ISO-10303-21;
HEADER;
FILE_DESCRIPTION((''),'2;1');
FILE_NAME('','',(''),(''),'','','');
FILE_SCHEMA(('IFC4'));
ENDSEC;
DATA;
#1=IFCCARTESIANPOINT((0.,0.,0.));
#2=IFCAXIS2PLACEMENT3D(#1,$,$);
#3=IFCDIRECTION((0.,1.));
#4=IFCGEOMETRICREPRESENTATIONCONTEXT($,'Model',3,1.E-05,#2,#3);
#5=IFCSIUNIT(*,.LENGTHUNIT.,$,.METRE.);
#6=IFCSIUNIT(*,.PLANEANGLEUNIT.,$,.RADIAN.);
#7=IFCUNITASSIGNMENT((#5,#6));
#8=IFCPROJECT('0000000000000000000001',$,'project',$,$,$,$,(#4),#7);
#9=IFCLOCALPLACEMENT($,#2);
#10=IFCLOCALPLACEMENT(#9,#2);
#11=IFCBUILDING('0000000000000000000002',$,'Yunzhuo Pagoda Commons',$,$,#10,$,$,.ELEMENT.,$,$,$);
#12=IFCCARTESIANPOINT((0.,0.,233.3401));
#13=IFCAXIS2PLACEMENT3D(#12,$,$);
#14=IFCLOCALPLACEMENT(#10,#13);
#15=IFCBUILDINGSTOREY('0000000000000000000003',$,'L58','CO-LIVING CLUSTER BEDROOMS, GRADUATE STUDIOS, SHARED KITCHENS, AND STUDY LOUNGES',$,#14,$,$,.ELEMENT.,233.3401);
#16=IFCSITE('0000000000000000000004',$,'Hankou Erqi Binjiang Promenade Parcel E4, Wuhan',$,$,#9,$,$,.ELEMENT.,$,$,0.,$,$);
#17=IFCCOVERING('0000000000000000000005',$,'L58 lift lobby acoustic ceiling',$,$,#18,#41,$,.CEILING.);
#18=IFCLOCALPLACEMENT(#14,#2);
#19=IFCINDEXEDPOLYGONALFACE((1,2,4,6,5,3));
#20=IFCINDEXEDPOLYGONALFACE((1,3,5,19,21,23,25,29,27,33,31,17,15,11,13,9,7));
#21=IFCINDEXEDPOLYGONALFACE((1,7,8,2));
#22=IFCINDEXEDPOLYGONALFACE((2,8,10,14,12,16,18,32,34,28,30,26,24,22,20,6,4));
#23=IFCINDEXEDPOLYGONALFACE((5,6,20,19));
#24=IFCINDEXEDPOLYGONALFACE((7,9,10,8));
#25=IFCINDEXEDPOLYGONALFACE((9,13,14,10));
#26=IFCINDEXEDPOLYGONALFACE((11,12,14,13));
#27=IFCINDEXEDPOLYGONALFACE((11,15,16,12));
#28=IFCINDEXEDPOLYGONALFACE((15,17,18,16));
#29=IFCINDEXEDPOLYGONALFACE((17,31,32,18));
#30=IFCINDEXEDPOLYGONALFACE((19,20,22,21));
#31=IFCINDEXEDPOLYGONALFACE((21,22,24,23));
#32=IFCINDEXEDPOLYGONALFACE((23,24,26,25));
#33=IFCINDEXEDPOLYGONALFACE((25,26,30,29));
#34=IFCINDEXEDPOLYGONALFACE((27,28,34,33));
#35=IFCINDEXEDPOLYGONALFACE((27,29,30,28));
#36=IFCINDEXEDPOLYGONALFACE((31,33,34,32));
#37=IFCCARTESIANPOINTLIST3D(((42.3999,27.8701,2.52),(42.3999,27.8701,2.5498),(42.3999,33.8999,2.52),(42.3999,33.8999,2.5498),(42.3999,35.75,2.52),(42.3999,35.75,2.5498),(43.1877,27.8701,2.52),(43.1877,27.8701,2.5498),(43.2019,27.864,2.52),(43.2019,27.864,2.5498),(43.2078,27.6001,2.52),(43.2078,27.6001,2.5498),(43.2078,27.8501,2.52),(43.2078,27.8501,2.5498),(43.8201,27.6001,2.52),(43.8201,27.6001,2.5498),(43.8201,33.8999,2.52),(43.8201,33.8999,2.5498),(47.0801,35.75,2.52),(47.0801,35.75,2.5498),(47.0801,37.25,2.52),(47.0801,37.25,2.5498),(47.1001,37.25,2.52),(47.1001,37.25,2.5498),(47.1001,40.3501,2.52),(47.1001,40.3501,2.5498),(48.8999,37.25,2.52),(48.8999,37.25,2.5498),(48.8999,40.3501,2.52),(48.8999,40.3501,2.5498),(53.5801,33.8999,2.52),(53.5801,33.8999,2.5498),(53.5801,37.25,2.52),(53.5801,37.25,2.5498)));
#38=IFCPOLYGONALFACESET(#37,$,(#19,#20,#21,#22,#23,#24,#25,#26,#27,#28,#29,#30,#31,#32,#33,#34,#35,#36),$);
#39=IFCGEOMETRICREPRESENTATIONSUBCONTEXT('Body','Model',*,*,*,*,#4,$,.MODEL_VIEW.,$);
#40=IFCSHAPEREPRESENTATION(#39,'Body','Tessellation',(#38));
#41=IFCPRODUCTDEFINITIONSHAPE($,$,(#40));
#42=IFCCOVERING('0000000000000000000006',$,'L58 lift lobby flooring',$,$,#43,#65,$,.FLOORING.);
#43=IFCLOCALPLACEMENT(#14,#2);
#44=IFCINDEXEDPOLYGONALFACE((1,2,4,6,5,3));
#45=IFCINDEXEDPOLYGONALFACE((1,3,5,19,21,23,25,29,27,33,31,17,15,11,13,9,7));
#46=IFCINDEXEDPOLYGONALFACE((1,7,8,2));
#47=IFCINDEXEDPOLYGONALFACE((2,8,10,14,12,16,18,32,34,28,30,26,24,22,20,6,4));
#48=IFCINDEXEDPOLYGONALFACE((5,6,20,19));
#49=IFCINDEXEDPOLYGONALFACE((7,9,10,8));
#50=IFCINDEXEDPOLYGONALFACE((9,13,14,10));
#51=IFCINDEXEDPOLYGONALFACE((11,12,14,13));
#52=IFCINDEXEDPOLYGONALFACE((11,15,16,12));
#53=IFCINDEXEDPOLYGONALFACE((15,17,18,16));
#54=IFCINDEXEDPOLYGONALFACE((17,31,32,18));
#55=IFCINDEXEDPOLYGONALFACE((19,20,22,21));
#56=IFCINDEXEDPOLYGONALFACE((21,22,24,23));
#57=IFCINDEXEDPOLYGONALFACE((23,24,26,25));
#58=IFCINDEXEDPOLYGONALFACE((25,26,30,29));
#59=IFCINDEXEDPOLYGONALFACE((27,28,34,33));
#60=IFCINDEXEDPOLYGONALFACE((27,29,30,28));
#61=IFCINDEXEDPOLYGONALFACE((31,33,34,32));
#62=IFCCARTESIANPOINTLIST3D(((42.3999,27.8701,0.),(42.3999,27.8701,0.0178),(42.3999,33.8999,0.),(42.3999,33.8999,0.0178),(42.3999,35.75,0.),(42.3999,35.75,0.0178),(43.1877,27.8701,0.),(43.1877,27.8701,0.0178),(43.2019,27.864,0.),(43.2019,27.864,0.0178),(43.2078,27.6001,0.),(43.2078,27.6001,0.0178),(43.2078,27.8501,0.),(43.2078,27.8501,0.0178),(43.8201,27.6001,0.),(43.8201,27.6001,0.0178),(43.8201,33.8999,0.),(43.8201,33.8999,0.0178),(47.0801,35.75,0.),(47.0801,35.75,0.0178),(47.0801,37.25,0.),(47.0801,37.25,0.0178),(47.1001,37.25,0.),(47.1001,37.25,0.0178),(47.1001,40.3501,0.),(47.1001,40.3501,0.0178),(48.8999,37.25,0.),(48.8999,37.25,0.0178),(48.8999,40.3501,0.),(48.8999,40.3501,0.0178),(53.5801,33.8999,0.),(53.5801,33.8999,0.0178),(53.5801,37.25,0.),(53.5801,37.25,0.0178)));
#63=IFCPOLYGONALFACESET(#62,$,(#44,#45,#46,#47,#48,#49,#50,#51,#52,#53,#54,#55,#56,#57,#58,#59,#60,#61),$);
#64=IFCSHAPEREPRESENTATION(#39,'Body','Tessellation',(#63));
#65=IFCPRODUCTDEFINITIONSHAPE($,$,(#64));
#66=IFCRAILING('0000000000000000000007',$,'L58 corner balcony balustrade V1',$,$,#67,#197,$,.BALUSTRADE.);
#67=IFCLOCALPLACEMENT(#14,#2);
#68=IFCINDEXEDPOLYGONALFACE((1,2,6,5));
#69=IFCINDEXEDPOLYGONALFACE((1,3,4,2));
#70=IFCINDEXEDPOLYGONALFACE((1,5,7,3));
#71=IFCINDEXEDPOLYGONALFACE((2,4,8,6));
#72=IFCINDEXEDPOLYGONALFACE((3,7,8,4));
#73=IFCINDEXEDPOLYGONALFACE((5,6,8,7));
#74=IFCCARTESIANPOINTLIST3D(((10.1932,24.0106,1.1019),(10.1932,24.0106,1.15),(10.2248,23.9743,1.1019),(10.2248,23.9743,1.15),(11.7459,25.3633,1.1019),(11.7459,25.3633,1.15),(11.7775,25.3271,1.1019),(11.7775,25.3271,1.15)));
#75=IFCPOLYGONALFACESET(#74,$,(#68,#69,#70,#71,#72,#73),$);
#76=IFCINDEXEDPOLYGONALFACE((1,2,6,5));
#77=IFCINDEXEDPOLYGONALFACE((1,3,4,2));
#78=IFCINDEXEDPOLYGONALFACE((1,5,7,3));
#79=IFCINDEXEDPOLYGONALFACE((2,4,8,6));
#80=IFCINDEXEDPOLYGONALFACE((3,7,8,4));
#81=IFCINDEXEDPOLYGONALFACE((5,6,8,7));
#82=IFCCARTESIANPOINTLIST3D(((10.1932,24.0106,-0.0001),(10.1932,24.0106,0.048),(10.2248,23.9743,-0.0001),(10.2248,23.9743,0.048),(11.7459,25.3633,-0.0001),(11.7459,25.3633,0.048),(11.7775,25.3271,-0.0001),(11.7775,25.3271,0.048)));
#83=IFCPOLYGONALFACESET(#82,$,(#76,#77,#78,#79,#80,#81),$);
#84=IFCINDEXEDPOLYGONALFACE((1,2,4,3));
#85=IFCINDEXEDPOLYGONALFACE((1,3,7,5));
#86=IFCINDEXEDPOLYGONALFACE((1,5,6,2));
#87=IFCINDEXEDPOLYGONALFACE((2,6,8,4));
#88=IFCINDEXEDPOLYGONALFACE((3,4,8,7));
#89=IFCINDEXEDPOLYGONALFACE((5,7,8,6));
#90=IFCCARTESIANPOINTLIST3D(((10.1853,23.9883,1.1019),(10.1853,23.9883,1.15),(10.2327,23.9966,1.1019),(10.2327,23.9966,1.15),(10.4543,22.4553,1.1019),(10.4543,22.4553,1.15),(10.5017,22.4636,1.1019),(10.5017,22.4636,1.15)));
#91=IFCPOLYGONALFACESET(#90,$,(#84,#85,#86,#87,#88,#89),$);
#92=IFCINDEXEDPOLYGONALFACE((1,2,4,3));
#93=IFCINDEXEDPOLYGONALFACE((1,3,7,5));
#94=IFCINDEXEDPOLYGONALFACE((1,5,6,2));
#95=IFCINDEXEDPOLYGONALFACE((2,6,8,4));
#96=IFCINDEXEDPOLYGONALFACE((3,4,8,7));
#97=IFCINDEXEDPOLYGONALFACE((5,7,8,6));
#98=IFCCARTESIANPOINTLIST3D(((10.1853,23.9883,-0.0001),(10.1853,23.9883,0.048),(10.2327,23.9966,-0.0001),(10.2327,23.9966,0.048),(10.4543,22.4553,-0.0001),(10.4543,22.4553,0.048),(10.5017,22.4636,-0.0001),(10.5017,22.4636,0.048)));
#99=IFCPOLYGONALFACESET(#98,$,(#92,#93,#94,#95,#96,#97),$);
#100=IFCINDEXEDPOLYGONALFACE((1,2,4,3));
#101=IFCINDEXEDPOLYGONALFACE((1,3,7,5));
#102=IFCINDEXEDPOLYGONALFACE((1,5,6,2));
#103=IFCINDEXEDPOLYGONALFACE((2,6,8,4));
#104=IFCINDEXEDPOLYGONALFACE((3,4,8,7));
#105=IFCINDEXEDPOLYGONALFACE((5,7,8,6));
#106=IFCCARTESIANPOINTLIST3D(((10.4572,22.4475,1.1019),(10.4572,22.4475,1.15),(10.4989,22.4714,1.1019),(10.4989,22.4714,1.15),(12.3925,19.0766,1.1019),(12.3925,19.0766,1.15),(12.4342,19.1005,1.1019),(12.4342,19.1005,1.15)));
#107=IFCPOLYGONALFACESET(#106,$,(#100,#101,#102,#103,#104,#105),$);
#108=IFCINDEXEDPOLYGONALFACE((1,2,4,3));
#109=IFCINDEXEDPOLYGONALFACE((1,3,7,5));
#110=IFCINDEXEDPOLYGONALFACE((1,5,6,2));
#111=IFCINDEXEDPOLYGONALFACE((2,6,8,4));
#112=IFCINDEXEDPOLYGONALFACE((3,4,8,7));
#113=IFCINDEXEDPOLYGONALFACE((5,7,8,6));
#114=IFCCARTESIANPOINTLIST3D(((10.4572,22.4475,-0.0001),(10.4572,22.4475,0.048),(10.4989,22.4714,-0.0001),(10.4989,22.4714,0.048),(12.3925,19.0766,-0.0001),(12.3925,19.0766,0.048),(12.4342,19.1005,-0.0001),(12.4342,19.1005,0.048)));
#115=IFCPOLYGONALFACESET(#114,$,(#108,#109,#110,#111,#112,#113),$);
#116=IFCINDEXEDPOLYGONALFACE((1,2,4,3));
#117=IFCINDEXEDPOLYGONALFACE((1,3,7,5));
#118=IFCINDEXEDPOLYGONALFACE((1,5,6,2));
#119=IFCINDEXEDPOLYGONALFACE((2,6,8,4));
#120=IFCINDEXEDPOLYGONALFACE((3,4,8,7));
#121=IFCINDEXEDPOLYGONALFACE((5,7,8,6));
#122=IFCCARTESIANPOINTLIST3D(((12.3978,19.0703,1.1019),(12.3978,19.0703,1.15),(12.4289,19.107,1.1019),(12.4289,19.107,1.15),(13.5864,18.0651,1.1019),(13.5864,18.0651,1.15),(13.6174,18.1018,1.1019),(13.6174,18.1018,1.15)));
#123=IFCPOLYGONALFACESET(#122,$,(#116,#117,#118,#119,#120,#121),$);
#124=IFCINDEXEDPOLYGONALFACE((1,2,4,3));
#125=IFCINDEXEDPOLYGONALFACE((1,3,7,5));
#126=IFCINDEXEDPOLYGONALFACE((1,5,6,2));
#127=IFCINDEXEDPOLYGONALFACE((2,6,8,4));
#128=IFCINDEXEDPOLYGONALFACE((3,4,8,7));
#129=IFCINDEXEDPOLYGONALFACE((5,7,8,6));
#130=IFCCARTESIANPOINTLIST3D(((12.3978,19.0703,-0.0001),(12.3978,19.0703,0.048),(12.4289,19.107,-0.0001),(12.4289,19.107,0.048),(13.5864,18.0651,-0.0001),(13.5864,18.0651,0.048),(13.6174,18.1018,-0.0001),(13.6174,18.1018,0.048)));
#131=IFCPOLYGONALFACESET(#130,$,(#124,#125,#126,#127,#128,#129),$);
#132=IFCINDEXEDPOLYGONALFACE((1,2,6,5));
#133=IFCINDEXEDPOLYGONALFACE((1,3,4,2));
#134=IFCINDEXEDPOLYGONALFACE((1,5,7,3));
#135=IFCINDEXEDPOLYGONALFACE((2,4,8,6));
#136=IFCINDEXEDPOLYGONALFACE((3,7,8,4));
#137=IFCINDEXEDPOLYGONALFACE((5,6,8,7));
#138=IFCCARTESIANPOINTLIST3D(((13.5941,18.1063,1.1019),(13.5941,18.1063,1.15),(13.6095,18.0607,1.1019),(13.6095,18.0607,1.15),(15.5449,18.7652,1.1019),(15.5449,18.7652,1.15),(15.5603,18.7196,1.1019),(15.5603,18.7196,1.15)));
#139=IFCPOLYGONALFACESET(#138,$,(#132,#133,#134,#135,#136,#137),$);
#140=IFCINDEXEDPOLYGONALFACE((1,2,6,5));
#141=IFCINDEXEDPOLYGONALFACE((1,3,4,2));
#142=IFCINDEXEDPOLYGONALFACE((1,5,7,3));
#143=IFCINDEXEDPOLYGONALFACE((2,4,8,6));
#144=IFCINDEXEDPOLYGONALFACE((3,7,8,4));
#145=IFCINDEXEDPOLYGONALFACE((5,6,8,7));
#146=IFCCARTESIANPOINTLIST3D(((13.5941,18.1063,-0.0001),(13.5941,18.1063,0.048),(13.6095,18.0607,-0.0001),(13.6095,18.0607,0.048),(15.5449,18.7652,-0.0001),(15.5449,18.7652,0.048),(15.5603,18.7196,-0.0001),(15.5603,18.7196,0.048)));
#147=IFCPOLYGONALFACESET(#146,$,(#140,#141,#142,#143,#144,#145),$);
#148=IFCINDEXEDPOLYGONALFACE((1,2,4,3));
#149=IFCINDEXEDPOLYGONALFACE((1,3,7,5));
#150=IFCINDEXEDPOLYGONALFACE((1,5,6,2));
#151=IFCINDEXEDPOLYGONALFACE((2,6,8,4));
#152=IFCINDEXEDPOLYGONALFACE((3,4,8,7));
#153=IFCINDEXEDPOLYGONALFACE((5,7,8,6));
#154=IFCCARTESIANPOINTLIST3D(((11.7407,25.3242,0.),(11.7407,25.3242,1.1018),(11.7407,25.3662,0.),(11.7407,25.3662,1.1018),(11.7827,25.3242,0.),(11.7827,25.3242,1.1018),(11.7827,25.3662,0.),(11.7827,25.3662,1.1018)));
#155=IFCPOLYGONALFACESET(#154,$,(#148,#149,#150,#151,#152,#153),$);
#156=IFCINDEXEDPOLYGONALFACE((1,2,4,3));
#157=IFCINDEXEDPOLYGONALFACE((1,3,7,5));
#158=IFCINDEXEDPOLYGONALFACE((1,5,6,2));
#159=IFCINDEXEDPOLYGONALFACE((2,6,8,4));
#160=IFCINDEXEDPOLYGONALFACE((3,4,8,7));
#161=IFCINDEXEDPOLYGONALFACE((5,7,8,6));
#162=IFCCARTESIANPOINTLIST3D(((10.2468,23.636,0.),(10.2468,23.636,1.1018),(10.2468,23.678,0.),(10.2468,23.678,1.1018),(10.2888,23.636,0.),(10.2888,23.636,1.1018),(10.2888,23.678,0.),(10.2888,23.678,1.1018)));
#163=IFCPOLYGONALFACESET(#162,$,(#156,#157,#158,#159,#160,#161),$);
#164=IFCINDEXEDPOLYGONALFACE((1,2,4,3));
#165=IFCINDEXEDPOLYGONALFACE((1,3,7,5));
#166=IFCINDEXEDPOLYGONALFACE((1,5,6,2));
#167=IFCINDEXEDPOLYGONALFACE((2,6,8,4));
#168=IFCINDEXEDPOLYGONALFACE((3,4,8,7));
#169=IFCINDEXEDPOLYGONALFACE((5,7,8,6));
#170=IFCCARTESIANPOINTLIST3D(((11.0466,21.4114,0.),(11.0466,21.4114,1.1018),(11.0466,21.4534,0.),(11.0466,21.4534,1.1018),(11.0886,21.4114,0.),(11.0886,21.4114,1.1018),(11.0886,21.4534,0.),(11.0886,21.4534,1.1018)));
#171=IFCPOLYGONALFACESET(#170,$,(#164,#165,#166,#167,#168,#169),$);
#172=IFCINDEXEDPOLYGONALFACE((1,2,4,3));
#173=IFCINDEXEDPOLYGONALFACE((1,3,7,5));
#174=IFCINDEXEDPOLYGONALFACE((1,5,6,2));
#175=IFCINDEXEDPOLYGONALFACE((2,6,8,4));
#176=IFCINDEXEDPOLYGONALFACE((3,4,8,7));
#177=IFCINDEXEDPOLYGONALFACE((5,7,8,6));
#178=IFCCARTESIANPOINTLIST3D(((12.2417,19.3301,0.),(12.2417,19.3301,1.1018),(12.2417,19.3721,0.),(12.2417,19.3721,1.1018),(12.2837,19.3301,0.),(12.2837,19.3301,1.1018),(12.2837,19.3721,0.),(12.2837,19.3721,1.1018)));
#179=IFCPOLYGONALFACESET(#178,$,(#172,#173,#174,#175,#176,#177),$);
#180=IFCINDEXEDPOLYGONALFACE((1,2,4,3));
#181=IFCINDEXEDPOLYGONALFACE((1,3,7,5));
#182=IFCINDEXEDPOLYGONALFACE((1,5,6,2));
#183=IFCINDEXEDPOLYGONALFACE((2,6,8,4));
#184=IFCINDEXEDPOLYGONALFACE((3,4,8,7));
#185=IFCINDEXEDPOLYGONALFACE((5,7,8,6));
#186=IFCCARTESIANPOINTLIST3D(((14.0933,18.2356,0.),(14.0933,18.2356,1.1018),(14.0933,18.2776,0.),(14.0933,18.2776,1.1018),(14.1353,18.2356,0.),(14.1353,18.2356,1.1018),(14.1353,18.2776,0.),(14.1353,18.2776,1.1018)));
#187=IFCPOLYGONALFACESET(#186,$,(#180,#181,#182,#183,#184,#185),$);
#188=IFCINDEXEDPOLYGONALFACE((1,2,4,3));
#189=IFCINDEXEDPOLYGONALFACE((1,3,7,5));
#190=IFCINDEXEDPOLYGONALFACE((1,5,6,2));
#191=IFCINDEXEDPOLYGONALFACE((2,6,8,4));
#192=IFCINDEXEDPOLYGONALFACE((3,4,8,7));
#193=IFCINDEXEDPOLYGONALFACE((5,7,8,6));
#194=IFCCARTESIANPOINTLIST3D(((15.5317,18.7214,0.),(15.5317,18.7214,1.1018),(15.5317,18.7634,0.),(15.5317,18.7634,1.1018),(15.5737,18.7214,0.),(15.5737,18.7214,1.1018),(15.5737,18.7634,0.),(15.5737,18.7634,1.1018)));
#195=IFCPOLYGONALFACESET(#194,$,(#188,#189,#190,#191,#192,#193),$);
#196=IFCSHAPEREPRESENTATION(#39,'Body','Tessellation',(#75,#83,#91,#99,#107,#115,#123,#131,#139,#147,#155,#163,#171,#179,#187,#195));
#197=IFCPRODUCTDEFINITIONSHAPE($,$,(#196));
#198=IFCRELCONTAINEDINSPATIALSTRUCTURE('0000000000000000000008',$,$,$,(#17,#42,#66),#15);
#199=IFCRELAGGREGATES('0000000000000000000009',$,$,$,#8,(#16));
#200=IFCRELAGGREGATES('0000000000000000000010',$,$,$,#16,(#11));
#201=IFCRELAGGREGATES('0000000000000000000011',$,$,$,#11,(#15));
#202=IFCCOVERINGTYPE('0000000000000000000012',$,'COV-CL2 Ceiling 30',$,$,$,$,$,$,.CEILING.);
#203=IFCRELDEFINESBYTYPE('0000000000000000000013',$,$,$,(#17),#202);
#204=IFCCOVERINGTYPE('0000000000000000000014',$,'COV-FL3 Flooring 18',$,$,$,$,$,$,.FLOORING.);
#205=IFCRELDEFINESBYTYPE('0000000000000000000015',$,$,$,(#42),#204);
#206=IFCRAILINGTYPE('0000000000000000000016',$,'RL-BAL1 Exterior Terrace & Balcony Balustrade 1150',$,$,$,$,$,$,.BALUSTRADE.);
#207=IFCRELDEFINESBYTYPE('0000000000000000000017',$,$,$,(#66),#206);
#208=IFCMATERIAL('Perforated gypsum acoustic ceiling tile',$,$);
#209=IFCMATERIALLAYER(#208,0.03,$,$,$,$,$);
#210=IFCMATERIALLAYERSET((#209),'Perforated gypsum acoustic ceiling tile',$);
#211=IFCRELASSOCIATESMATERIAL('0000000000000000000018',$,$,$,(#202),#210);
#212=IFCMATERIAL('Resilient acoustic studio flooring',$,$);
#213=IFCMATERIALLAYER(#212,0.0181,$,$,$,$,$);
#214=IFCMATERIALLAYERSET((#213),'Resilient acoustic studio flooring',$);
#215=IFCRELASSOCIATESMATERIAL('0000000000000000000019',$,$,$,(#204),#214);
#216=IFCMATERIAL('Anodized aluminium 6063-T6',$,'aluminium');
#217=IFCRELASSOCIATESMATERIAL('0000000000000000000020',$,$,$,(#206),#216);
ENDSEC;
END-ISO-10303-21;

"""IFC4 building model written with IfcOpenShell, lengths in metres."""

from ifc_helpers import new_model, si_unit, direction, frame, origin, origin_2d, place, context, subcontext, project, spatial, polyline, rectangle, outline, extrude, material, layer, layer_set, type_object, element, save


model = new_model("IFC4")

# Units and contexts
model_context = context("Model", 3, precision=1e-05, world=origin(), true_north=direction((0.0, 1.0)))
body_context = subcontext(model_context, "Body", "Model", "MODEL_VIEW")
ifc_project = project(units=[si_unit("LENGTHUNIT", "METRE"), si_unit("PLANEANGLEUNIT", "RADIAN")], contexts=[model_context])

# Site, building, storey
site_placement = place(None, origin())
site = spatial("IfcSite", under=ifc_project, at=site_placement, Name="Hankou Erqi Binjiang Promenade Parcel E4, Wuhan", CompositionType="ELEMENT", RefElevation=0.0)
building_placement = place(site_placement, origin())
building = spatial("IfcBuilding", under=site, at=building_placement, Name="Yunzhuo Pagoda Commons", CompositionType="ELEMENT")
storey_placement = place(building_placement, frame((0.0, 0.0, 233.3401)))
storey = spatial("IfcBuildingStorey", under=building, at=storey_placement, Name="L58", Description="CO-LIVING CLUSTER BEDROOMS, GRADUATE STUDIOS, SHARED KITCHENS, AND STUDY LOUNGES", CompositionType="ELEMENT", Elevation=233.3401)

# Shared definitions
ifc_material_1 = material(Name="Anodized aluminium 6063-T6", Category="aluminium")

# Coverings
ifc_material_2 = material(Name="Perforated gypsum acoustic ceiling tile")
ifc_layer_1 = layer(ifc_material_2, 0.03)
ifc_layer_set_1 = layer_set([ifc_layer_1], Name="Perforated gypsum acoustic ceiling tile")
covering_type_1 = type_object("IfcCoveringType", Name="COV-CL2 Ceiling 30", PredefinedType="CEILING", material=ifc_layer_set_1)
covering_1_placement = place(storey_placement, frame((0.0, 0.0, 2.52)))
element("IfcCovering", 1, at=covering_1_placement, inside=storey, type_object=covering_type_1, Name="L58 lift lobby acoustic ceiling", PredefinedType="CEILING", context=body_context, shape_type="SweptSolid", body=[
    extrude(outline(polyline([(42.3999, 35.75), (47.0801, 35.75), (47.0801, 37.25), (47.1001, 37.25), (47.1001, 40.3501), (48.8999, 40.3501), (48.8999, 37.25), (53.5801, 37.25), (53.5801, 33.8999), (43.8201, 33.8999), (43.8201, 27.6001), (43.2078, 27.6001), (43.2078, 27.8501), (43.2019, 27.864), (43.1877, 27.8701), (42.3999, 27.8701), (42.3999, 33.8999), (42.3999, 35.75)])), origin(), (0.0, 0.0, 1.0), 0.0298),
])
ifc_material_3 = material(Name="Resilient acoustic studio flooring")
ifc_layer_2 = layer(ifc_material_3, 0.0181)
ifc_layer_set_2 = layer_set([ifc_layer_2], Name="Resilient acoustic studio flooring")
covering_type_2 = type_object("IfcCoveringType", Name="COV-FL3 Flooring 18", PredefinedType="FLOORING", material=ifc_layer_set_2)
covering_2_placement = place(storey_placement, origin())
element("IfcCovering", 2, at=covering_2_placement, inside=storey, type_object=covering_type_2, Name="L58 lift lobby flooring", PredefinedType="FLOORING", context=body_context, shape_type="SweptSolid", body=[
    extrude(outline(polyline([(42.3999, 35.75), (47.0801, 35.75), (47.0801, 37.25), (47.1001, 37.25), (47.1001, 40.3501), (48.8999, 40.3501), (48.8999, 37.25), (53.5801, 37.25), (53.5801, 33.8999), (43.8201, 33.8999), (43.8201, 27.6001), (43.2078, 27.6001), (43.2078, 27.8501), (43.2019, 27.864), (43.1877, 27.8701), (42.3999, 27.8701), (42.3999, 33.8999), (42.3999, 35.75)])), origin(), (0.0, 0.0, 1.0), 0.0178),
])

# Railing
railing_type = type_object("IfcRailingType", Name="RL-BAL1 Exterior Terrace & Balcony Balustrade 1150", PredefinedType="BALUSTRADE", material=ifc_material_1)
railing_placement = place(storey_placement, frame((11.7617, 25.3452, 0.0)))
element("IfcRailing", 3, at=railing_placement, inside=storey, type_object=railing_type, Name="L58 corner balcony balustrade V1", PredefinedType="BALUSTRADE", context=body_context, shape_type="SweptSolid", body=[
    extrude(rectangle(XDim=0.0481, YDim=0.0481, at=origin_2d()), frame((0.0, 0.0, 1.126), z_axis=(-0.753985, -0.656892, 0.0), x_axis=(0.656892, -0.753985, 0.0)), (0.0, 0.0, 1.0), 2.0593),
    extrude(rectangle(XDim=0.0481, YDim=0.0481, at=origin_2d()), frame((0.0, 0.0, 0.0239), z_axis=(-0.753985, -0.656892, 0.0), x_axis=(0.656892, -0.753985, 0.0)), (0.0, 0.0, 1.0), 2.0593),
    extrude(rectangle(XDim=0.0481, YDim=0.0481, at=origin_2d()), frame((-1.5527, -1.3528, 1.126), z_axis=(0.172864, -0.984946, 0.0), x_axis=(0.984946, 0.172864, 0.0)), (0.0, 0.0, 1.0), 1.5564),
    extrude(rectangle(XDim=0.0481, YDim=0.0481, at=origin_2d()), frame((-1.5527, -1.3528, 0.0239), z_axis=(0.172864, -0.984946, 0.0), x_axis=(0.984946, 0.172864, 0.0)), (0.0, 0.0, 1.0), 1.5564),
    extrude(rectangle(XDim=0.0481, YDim=0.0481, at=origin_2d()), frame((-1.2837, -2.8857, 1.126), z_axis=(0.497903, -0.867233, 0.0), x_axis=(0.867233, 0.497903, 0.0)), (0.0, 0.0, 1.0), 3.887),
    extrude(rectangle(XDim=0.0481, YDim=0.0481, at=origin_2d()), frame((-1.2837, -2.8857, 0.0239), z_axis=(0.497903, -0.867233, 0.0), x_axis=(0.867233, 0.497903, 0.0)), (0.0, 0.0, 1.0), 3.887),
    extrude(rectangle(XDim=0.0481, YDim=0.0481, at=origin_2d()), frame((0.6516, -6.2566, 1.126), z_axis=(0.763547, -0.645752, 0.0), x_axis=(0.645752, 0.763547, 0.0)), (0.0, 0.0, 1.0), 1.5566),
    extrude(rectangle(XDim=0.0481, YDim=0.0481, at=origin_2d()), frame((0.6516, -6.2566, 0.0239), z_axis=(0.763547, -0.645752, 0.0), x_axis=(0.645752, 0.763547, 0.0)), (0.0, 0.0, 1.0), 1.5566),
    extrude(rectangle(XDim=0.0481, YDim=0.0481, at=origin_2d()), frame((1.8401, -7.2617, 1.126), z_axis=(0.947419, 0.319996, 0.0), x_axis=(-0.319996, 0.947419, 0.0)), (0.0, 0.0, 1.0), 2.0591),
    extrude(rectangle(XDim=0.0481, YDim=0.0481, at=origin_2d()), frame((1.8401, -7.2617, 0.0239), z_axis=(0.947419, 0.319996, 0.0), x_axis=(-0.319996, 0.947419, 0.0)), (0.0, 0.0, 1.0), 2.0591),
    extrude(rectangle(XDim=0.042, YDim=0.042, at=origin_2d()), origin(), (0.0, 0.0, 1.0), 1.1018),
    extrude(rectangle(XDim=0.042, YDim=0.042, at=origin_2d()), frame((-1.4939, -1.6882, 0.0)), (0.0, 0.0, 1.0), 1.1018),
    extrude(rectangle(XDim=0.042, YDim=0.042, at=origin_2d()), frame((-0.6941, -3.9128, 0.0)), (0.0, 0.0, 1.0), 1.1018),
    extrude(rectangle(XDim=0.042, YDim=0.042, at=origin_2d()), frame((0.501, -5.9941, 0.0)), (0.0, 0.0, 1.0), 1.1018),
    extrude(rectangle(XDim=0.042, YDim=0.042, at=origin_2d()), frame((2.3525, -7.0886, 0.0)), (0.0, 0.0, 1.0), 1.1018),
    extrude(rectangle(XDim=0.042, YDim=0.042, at=origin_2d()), frame((3.791, -6.6028, 0.0)), (0.0, 0.0, 1.0), 1.1018),
])

save(model, "model.ifc")
